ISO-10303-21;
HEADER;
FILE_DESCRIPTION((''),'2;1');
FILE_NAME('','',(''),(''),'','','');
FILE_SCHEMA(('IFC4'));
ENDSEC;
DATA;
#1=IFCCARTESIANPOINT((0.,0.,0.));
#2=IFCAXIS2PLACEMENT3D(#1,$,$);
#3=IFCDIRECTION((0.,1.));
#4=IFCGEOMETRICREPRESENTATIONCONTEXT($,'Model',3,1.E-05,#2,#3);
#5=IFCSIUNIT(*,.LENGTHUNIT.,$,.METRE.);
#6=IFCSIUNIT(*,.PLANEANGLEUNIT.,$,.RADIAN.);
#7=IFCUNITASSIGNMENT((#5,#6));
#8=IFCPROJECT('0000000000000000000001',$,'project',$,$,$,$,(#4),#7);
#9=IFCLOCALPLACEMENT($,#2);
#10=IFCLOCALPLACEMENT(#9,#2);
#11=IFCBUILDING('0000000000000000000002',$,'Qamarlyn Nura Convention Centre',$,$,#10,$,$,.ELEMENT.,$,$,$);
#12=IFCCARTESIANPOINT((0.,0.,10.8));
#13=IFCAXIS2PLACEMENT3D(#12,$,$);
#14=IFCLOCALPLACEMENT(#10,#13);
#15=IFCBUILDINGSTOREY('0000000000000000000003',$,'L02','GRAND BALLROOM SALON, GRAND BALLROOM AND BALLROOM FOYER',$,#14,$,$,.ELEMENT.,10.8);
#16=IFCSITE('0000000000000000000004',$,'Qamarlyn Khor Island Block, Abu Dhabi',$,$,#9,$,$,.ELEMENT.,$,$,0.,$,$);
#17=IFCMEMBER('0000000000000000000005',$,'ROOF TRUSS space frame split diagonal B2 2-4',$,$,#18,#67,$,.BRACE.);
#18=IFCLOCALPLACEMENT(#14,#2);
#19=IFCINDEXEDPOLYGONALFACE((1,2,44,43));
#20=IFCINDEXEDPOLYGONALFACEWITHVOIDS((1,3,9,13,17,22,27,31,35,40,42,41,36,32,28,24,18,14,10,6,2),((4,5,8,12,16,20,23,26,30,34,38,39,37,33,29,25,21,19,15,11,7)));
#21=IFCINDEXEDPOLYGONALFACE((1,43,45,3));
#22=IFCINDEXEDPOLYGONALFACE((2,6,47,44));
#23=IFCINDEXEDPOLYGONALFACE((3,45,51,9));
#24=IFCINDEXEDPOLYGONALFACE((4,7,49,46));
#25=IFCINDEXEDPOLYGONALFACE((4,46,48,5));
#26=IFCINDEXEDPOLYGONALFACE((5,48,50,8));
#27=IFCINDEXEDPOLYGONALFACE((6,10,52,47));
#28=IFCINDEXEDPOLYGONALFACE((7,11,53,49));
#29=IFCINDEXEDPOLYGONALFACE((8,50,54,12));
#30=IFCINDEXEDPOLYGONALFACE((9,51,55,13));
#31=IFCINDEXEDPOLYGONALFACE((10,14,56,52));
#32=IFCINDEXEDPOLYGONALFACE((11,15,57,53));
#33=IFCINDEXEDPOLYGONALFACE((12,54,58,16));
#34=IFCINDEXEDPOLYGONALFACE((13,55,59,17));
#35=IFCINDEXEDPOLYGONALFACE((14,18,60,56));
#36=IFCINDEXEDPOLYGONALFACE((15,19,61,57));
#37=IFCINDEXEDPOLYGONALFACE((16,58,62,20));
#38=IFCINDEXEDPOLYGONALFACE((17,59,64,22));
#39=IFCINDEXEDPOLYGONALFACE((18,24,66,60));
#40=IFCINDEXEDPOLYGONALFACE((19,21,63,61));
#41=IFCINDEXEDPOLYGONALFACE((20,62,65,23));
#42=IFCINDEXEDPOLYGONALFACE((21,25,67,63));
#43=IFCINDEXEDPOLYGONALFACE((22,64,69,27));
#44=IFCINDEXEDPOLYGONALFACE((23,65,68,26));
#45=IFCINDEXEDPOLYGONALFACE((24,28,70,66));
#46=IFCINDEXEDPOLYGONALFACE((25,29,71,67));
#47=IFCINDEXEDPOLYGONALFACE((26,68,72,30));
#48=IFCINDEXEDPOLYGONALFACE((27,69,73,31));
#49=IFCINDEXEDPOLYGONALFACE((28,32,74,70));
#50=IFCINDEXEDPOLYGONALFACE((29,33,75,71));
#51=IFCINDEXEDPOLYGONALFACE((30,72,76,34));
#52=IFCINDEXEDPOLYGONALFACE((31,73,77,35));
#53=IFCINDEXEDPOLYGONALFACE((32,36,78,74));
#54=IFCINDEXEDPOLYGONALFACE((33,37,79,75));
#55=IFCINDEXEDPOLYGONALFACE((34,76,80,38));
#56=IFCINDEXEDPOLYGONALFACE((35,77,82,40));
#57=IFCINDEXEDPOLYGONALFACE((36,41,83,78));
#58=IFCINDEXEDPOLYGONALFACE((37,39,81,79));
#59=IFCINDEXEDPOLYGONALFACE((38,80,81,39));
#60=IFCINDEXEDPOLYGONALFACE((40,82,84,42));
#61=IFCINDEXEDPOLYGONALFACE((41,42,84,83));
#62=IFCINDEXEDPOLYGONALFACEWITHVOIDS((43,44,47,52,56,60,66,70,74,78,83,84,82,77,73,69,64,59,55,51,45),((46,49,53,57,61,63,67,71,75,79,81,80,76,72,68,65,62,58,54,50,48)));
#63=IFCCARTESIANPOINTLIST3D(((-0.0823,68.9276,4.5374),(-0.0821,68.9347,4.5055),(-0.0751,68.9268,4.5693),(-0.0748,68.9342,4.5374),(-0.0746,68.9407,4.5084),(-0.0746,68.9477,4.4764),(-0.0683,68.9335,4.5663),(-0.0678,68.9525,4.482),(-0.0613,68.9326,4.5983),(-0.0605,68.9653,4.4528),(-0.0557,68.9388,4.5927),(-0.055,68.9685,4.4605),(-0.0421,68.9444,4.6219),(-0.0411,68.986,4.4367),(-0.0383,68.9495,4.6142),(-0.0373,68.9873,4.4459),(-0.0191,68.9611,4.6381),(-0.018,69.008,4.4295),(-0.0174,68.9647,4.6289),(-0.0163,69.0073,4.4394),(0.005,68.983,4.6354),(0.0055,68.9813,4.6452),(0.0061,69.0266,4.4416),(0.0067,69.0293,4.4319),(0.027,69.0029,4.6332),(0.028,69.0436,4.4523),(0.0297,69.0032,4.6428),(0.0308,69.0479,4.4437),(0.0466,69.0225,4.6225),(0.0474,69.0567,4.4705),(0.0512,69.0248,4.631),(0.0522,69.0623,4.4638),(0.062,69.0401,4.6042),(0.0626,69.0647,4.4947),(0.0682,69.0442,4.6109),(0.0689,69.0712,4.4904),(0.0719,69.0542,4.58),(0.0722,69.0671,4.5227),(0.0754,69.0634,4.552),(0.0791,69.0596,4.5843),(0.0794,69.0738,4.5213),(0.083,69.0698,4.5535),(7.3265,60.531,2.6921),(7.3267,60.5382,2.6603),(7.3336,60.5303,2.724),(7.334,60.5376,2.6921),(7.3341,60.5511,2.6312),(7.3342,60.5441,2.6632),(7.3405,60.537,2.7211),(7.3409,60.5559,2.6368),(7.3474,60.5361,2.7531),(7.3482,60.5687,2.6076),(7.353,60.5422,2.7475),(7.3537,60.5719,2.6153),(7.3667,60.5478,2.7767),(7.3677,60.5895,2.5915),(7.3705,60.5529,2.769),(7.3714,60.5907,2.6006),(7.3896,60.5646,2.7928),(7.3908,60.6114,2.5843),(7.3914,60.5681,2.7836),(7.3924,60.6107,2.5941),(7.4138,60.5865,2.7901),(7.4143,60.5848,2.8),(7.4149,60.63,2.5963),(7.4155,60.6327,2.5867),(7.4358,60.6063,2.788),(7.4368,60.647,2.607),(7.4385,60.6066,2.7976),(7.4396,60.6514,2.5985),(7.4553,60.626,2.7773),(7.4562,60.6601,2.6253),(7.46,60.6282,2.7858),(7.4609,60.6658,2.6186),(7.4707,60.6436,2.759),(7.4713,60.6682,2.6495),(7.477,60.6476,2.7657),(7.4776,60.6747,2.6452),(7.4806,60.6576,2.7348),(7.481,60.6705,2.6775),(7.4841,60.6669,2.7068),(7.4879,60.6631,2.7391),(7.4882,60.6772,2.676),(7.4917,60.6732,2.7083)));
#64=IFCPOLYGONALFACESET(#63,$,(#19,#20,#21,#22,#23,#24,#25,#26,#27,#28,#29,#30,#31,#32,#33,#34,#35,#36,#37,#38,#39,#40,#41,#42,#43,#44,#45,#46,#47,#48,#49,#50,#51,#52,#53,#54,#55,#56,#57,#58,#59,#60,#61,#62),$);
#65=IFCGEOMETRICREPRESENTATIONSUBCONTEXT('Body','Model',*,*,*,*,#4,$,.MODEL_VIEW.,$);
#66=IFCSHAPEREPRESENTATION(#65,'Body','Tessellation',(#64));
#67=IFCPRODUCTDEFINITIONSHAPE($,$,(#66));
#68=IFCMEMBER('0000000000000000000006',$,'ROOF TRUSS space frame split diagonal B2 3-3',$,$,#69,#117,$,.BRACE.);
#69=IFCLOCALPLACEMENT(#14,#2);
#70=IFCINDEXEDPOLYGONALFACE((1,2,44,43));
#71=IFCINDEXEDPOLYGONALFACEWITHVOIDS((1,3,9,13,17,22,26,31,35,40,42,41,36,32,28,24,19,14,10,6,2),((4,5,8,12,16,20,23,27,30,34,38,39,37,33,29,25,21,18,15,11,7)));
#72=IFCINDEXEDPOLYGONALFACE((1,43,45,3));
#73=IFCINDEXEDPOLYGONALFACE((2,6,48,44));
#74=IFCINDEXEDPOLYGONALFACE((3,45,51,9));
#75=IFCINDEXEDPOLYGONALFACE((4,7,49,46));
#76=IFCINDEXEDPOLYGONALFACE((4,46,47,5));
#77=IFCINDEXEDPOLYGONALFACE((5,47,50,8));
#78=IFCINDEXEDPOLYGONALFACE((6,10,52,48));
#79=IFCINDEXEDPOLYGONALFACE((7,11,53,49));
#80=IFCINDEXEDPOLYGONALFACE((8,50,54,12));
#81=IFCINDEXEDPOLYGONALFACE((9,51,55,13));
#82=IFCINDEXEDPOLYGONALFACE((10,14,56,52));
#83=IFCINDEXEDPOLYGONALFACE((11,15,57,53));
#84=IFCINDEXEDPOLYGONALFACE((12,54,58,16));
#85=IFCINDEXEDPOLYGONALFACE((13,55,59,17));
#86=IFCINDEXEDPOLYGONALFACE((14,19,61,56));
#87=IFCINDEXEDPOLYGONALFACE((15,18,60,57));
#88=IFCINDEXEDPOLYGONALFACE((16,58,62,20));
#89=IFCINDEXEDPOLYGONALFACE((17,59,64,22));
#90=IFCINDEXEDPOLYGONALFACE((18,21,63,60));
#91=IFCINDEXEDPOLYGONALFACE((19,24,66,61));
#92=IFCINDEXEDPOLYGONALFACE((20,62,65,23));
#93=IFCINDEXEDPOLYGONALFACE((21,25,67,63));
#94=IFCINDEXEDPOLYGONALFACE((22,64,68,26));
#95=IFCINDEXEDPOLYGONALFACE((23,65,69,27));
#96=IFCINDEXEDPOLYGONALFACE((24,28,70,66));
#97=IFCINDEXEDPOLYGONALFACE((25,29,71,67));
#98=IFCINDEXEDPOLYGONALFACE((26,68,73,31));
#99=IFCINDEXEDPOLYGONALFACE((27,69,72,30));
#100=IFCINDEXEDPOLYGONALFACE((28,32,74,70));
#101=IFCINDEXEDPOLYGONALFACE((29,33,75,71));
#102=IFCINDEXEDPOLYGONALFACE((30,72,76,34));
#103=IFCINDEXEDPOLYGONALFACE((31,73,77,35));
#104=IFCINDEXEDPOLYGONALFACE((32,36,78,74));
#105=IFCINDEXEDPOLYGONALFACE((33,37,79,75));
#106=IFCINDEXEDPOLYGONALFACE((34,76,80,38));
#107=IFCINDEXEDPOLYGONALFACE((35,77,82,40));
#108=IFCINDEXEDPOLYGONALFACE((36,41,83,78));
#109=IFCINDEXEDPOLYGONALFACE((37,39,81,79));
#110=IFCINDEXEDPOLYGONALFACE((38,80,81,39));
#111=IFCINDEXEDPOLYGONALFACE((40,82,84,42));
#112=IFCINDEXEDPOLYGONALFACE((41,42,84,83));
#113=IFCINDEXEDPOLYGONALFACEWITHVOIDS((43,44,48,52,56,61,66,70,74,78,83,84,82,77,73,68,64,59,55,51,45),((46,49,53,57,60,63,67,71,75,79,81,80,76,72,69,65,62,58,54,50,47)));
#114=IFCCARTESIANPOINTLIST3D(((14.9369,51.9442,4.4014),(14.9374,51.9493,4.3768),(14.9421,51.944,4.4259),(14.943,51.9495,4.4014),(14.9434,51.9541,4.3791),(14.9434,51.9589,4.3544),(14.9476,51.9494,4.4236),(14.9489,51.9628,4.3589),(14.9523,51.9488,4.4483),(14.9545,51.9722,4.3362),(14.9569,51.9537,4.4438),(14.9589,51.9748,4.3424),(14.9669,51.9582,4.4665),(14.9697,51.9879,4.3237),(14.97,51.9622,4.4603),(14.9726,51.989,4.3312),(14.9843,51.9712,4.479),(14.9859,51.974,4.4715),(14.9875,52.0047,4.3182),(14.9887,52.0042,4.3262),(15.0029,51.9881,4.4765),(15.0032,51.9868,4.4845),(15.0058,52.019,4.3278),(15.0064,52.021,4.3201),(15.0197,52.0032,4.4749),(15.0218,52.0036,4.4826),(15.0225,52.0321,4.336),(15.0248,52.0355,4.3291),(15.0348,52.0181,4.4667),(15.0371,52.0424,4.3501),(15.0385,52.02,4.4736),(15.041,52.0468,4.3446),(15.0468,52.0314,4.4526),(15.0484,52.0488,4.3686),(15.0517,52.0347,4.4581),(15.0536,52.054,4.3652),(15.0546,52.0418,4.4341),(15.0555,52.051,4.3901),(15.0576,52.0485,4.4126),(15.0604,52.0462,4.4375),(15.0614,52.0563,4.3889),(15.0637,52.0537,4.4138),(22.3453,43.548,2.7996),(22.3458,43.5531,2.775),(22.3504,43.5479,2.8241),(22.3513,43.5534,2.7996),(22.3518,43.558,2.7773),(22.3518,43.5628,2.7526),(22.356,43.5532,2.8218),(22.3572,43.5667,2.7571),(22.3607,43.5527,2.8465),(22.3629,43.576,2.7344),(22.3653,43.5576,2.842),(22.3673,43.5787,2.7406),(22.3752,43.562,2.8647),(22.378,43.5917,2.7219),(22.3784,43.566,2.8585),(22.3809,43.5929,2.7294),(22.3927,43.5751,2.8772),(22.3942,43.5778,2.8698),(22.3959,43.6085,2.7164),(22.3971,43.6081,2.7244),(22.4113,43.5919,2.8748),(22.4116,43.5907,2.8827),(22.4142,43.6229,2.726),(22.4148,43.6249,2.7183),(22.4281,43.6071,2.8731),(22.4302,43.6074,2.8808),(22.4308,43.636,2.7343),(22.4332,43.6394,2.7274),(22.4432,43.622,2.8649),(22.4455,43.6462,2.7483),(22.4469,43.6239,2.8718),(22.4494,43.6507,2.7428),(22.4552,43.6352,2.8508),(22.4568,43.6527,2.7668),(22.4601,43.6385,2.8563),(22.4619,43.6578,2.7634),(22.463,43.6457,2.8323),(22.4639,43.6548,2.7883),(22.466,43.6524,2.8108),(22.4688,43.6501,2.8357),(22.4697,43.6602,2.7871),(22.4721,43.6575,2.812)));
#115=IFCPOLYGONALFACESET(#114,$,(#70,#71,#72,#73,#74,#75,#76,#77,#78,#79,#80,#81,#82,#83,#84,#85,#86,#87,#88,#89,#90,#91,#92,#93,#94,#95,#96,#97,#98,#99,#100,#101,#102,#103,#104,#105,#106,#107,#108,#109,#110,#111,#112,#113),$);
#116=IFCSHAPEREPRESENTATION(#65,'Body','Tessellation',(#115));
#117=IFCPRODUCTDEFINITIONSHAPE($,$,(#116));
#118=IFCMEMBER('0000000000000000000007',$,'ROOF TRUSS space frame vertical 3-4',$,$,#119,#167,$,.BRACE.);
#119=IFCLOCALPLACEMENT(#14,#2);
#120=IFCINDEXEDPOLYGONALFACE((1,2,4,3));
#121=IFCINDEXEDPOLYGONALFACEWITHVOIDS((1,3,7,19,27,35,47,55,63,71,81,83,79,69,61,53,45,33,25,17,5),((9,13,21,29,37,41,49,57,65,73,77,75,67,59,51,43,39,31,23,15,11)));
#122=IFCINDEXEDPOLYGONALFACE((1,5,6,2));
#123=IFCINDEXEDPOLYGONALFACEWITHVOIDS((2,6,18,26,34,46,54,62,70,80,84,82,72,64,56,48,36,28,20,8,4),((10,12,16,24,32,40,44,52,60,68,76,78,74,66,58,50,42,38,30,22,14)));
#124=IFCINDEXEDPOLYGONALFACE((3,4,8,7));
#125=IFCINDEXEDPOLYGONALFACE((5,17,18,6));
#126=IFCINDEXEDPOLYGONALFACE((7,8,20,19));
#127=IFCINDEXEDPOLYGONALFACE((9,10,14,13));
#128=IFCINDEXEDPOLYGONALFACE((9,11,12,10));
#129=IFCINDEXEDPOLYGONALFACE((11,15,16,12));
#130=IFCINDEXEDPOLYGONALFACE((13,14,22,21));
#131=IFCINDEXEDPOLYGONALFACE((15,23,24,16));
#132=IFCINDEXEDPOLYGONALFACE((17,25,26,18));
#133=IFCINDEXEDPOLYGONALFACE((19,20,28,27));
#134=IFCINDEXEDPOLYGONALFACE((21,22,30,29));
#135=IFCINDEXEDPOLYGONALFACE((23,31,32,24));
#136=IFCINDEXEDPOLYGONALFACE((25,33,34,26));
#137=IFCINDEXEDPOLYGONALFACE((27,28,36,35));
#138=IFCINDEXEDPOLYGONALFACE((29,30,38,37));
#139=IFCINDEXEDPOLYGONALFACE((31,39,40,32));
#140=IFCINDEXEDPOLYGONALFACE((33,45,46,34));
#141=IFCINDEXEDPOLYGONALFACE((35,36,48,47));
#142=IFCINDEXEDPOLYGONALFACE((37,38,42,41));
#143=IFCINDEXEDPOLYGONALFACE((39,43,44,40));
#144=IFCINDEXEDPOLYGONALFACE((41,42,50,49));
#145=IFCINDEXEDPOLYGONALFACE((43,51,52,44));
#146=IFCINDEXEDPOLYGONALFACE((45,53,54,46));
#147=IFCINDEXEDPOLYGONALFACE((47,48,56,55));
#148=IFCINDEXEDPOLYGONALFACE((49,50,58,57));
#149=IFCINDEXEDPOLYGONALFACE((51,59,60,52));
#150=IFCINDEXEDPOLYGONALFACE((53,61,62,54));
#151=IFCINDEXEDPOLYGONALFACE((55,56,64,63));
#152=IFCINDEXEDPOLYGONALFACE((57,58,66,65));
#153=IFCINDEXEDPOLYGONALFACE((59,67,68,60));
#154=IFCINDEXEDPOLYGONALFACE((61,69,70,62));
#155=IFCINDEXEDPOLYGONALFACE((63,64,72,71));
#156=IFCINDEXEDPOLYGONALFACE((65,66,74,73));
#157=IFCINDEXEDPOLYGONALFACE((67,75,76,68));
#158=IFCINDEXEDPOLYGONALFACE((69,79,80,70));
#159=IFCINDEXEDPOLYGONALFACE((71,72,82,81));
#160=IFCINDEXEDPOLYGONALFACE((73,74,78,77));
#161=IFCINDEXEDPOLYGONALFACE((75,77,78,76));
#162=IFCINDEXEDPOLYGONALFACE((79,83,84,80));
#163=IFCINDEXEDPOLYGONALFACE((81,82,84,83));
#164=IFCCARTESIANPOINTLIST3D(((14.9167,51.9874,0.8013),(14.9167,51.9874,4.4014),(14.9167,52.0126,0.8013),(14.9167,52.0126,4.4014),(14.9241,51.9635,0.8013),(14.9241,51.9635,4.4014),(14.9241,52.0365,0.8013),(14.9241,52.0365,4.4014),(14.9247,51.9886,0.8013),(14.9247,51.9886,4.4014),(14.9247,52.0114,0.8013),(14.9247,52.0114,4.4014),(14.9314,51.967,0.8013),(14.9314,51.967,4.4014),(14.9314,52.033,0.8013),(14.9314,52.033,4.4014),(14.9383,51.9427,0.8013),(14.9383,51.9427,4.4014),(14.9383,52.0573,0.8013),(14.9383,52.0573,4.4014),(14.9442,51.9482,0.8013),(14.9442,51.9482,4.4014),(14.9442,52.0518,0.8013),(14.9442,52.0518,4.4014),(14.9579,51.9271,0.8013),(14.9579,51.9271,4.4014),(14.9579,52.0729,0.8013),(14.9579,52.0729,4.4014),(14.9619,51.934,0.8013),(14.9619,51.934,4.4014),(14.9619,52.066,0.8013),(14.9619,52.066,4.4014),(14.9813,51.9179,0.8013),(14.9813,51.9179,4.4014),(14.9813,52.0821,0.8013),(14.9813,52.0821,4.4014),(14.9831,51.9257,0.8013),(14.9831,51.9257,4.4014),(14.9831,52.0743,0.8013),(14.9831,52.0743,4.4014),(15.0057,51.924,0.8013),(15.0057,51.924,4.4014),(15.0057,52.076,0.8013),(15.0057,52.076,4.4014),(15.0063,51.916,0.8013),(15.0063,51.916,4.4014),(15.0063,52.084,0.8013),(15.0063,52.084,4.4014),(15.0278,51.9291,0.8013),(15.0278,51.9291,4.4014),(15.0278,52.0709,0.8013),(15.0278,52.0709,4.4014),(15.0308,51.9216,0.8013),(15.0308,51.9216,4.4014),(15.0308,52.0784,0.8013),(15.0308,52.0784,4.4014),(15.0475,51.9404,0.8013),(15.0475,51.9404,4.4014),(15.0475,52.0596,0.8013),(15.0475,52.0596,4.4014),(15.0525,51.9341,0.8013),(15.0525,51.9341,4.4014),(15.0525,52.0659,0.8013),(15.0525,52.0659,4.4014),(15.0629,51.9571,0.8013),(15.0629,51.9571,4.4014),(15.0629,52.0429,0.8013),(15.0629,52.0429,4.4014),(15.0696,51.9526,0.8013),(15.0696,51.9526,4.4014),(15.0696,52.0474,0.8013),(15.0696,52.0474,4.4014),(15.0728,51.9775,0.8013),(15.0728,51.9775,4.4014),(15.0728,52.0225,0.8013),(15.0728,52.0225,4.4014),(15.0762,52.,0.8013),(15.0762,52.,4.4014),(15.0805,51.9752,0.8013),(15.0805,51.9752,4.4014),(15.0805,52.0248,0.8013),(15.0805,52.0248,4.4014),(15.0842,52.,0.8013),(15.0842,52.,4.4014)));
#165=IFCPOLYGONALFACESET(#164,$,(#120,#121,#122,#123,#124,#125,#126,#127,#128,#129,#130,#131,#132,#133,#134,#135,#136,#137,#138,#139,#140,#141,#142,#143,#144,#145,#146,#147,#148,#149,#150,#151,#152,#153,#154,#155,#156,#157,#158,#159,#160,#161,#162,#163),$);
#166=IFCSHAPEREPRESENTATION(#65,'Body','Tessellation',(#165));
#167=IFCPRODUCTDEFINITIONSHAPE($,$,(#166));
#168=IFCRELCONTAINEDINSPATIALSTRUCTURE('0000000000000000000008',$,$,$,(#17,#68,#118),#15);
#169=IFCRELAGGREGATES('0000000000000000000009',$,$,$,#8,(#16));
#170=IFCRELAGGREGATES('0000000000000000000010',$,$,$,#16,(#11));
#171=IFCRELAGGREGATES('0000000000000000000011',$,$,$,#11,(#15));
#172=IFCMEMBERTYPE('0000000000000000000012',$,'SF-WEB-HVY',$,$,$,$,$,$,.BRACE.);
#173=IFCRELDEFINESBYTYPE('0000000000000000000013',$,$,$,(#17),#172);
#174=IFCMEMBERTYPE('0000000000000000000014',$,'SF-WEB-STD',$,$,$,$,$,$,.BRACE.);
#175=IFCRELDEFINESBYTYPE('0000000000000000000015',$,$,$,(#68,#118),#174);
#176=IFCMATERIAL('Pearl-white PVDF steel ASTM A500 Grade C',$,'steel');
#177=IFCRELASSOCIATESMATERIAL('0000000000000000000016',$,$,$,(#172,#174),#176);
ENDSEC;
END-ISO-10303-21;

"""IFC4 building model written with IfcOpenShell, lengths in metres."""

from ifc_helpers import new_model, si_unit, direction, frame, origin, origin_2d, place, context, subcontext, project, spatial, hollow_circle, extrude, material, material_profile, profile_set, type_object, element, save


model = new_model("IFC4")

# Units and contexts
model_context = context("Model", 3, precision=1e-05, world=origin(), true_north=direction((0.0, 1.0)))
body_context = subcontext(model_context, "Body", "Model", "MODEL_VIEW")
ifc_project = project(units=[si_unit("LENGTHUNIT", "METRE"), si_unit("PLANEANGLEUNIT", "RADIAN")], contexts=[model_context])

# Site, building, storey
site_placement = place(None, origin())
site = spatial("IfcSite", under=ifc_project, at=site_placement, Name="Qamarlyn Khor Island Block, Abu Dhabi", CompositionType="ELEMENT", RefElevation=0.0)
building_placement = place(site_placement, origin())
building = spatial("IfcBuilding", under=site, at=building_placement, Name="Qamarlyn Nura Convention Centre", CompositionType="ELEMENT")
storey_placement = place(building_placement, frame((0.0, 0.0, 10.8)))
storey = spatial("IfcBuildingStorey", under=building, at=storey_placement, Name="L02", Description="GRAND BALLROOM SALON, GRAND BALLROOM AND BALLROOM FOYER", CompositionType="ELEMENT", Elevation=10.8)

# Members
ifc_material_1 = material(Name="Pearl-white PVDF steel ASTM A500 Grade C", Category="steel")
ifc_material_profile_1 = material_profile(ifc_material_1, hollow_circle(Radius=0.1096, WallThickness=0.01, at=origin_2d()), Name="CHS219.1X10")
ifc_profile_set_1 = profile_set([ifc_material_profile_1], Name="Pearl-white PVDF steel ASTM A500 Grade C")
member_type_1 = type_object("IfcMemberType", Name="SF-WEB-HVY", PredefinedType="BRACE", material=ifc_profile_set_1)
for number, where, z_axis, x_axis, name in (
    (1, (7.4087, 60.6035, 2.6921), (-0.652819, 0.739859, 0.162592), (-0.749837, -0.661623, 0.0), "ROOF TRUSS space frame split diagonal B2 2-4"),
):
    element("IfcMember", number, at=place(storey_placement, frame(where, z_axis=z_axis, x_axis=x_axis)), inside=storey, type_object=member_type_1, Name=name, PredefinedType="BRACE", context=body_context, shape_type="SweptSolid", body=[
        extrude(hollow_circle(Radius=0.1096, WallThickness=0.01, at=origin_2d()), origin(), (0.0, 0.0, 1.0), 11.3489),
    ])
ifc_material_profile_2 = material_profile(ifc_material_1, hollow_circle(Radius=0.0842, WallThickness=0.0081, at=origin_2d()), Name="CHS168.3X8")
ifc_profile_set_2 = profile_set([ifc_material_profile_2], Name="Pearl-white PVDF steel ASTM A500 Grade C")
member_type_2 = type_object("IfcMemberType", Name="SF-WEB-STD", PredefinedType="BRACE", material=ifc_profile_set_2)
member_1_placement = place(storey_placement, frame((22.4084, 43.6038, 2.7996), z_axis=(-0.654954, 0.742281, 0.14161), x_axis=(-0.749838, -0.661622, 0.0)))
element("IfcMember", 2, at=member_1_placement, inside=storey, type_object=member_type_2, Name="ROOF TRUSS space frame split diagonal B2 3-3", PredefinedType="BRACE", context=body_context, shape_type="SweptSolid", body=[
    extrude(hollow_circle(Radius=0.0842, WallThickness=0.0081, at=origin_2d()), origin(), (0.0, 0.0, 1.0), 11.3113),
])
member_2_placement = place(storey_placement, frame((15.0, 52.0, 0.8013), z_axis=(0.0, 0.0, 1.0), x_axis=(1.0, 0.0, 0.0)))
element("IfcMember", 3, at=member_2_placement, inside=storey, type_object=member_type_2, Name="ROOF TRUSS space frame vertical 3-4", PredefinedType="BRACE", context=body_context, shape_type="SweptSolid", body=[
    extrude(hollow_circle(Radius=0.0842, WallThickness=0.0081, at=origin_2d()), origin(), (0.0, 0.0, 1.0), 3.6001),
])

save(model, "model.ifc")
